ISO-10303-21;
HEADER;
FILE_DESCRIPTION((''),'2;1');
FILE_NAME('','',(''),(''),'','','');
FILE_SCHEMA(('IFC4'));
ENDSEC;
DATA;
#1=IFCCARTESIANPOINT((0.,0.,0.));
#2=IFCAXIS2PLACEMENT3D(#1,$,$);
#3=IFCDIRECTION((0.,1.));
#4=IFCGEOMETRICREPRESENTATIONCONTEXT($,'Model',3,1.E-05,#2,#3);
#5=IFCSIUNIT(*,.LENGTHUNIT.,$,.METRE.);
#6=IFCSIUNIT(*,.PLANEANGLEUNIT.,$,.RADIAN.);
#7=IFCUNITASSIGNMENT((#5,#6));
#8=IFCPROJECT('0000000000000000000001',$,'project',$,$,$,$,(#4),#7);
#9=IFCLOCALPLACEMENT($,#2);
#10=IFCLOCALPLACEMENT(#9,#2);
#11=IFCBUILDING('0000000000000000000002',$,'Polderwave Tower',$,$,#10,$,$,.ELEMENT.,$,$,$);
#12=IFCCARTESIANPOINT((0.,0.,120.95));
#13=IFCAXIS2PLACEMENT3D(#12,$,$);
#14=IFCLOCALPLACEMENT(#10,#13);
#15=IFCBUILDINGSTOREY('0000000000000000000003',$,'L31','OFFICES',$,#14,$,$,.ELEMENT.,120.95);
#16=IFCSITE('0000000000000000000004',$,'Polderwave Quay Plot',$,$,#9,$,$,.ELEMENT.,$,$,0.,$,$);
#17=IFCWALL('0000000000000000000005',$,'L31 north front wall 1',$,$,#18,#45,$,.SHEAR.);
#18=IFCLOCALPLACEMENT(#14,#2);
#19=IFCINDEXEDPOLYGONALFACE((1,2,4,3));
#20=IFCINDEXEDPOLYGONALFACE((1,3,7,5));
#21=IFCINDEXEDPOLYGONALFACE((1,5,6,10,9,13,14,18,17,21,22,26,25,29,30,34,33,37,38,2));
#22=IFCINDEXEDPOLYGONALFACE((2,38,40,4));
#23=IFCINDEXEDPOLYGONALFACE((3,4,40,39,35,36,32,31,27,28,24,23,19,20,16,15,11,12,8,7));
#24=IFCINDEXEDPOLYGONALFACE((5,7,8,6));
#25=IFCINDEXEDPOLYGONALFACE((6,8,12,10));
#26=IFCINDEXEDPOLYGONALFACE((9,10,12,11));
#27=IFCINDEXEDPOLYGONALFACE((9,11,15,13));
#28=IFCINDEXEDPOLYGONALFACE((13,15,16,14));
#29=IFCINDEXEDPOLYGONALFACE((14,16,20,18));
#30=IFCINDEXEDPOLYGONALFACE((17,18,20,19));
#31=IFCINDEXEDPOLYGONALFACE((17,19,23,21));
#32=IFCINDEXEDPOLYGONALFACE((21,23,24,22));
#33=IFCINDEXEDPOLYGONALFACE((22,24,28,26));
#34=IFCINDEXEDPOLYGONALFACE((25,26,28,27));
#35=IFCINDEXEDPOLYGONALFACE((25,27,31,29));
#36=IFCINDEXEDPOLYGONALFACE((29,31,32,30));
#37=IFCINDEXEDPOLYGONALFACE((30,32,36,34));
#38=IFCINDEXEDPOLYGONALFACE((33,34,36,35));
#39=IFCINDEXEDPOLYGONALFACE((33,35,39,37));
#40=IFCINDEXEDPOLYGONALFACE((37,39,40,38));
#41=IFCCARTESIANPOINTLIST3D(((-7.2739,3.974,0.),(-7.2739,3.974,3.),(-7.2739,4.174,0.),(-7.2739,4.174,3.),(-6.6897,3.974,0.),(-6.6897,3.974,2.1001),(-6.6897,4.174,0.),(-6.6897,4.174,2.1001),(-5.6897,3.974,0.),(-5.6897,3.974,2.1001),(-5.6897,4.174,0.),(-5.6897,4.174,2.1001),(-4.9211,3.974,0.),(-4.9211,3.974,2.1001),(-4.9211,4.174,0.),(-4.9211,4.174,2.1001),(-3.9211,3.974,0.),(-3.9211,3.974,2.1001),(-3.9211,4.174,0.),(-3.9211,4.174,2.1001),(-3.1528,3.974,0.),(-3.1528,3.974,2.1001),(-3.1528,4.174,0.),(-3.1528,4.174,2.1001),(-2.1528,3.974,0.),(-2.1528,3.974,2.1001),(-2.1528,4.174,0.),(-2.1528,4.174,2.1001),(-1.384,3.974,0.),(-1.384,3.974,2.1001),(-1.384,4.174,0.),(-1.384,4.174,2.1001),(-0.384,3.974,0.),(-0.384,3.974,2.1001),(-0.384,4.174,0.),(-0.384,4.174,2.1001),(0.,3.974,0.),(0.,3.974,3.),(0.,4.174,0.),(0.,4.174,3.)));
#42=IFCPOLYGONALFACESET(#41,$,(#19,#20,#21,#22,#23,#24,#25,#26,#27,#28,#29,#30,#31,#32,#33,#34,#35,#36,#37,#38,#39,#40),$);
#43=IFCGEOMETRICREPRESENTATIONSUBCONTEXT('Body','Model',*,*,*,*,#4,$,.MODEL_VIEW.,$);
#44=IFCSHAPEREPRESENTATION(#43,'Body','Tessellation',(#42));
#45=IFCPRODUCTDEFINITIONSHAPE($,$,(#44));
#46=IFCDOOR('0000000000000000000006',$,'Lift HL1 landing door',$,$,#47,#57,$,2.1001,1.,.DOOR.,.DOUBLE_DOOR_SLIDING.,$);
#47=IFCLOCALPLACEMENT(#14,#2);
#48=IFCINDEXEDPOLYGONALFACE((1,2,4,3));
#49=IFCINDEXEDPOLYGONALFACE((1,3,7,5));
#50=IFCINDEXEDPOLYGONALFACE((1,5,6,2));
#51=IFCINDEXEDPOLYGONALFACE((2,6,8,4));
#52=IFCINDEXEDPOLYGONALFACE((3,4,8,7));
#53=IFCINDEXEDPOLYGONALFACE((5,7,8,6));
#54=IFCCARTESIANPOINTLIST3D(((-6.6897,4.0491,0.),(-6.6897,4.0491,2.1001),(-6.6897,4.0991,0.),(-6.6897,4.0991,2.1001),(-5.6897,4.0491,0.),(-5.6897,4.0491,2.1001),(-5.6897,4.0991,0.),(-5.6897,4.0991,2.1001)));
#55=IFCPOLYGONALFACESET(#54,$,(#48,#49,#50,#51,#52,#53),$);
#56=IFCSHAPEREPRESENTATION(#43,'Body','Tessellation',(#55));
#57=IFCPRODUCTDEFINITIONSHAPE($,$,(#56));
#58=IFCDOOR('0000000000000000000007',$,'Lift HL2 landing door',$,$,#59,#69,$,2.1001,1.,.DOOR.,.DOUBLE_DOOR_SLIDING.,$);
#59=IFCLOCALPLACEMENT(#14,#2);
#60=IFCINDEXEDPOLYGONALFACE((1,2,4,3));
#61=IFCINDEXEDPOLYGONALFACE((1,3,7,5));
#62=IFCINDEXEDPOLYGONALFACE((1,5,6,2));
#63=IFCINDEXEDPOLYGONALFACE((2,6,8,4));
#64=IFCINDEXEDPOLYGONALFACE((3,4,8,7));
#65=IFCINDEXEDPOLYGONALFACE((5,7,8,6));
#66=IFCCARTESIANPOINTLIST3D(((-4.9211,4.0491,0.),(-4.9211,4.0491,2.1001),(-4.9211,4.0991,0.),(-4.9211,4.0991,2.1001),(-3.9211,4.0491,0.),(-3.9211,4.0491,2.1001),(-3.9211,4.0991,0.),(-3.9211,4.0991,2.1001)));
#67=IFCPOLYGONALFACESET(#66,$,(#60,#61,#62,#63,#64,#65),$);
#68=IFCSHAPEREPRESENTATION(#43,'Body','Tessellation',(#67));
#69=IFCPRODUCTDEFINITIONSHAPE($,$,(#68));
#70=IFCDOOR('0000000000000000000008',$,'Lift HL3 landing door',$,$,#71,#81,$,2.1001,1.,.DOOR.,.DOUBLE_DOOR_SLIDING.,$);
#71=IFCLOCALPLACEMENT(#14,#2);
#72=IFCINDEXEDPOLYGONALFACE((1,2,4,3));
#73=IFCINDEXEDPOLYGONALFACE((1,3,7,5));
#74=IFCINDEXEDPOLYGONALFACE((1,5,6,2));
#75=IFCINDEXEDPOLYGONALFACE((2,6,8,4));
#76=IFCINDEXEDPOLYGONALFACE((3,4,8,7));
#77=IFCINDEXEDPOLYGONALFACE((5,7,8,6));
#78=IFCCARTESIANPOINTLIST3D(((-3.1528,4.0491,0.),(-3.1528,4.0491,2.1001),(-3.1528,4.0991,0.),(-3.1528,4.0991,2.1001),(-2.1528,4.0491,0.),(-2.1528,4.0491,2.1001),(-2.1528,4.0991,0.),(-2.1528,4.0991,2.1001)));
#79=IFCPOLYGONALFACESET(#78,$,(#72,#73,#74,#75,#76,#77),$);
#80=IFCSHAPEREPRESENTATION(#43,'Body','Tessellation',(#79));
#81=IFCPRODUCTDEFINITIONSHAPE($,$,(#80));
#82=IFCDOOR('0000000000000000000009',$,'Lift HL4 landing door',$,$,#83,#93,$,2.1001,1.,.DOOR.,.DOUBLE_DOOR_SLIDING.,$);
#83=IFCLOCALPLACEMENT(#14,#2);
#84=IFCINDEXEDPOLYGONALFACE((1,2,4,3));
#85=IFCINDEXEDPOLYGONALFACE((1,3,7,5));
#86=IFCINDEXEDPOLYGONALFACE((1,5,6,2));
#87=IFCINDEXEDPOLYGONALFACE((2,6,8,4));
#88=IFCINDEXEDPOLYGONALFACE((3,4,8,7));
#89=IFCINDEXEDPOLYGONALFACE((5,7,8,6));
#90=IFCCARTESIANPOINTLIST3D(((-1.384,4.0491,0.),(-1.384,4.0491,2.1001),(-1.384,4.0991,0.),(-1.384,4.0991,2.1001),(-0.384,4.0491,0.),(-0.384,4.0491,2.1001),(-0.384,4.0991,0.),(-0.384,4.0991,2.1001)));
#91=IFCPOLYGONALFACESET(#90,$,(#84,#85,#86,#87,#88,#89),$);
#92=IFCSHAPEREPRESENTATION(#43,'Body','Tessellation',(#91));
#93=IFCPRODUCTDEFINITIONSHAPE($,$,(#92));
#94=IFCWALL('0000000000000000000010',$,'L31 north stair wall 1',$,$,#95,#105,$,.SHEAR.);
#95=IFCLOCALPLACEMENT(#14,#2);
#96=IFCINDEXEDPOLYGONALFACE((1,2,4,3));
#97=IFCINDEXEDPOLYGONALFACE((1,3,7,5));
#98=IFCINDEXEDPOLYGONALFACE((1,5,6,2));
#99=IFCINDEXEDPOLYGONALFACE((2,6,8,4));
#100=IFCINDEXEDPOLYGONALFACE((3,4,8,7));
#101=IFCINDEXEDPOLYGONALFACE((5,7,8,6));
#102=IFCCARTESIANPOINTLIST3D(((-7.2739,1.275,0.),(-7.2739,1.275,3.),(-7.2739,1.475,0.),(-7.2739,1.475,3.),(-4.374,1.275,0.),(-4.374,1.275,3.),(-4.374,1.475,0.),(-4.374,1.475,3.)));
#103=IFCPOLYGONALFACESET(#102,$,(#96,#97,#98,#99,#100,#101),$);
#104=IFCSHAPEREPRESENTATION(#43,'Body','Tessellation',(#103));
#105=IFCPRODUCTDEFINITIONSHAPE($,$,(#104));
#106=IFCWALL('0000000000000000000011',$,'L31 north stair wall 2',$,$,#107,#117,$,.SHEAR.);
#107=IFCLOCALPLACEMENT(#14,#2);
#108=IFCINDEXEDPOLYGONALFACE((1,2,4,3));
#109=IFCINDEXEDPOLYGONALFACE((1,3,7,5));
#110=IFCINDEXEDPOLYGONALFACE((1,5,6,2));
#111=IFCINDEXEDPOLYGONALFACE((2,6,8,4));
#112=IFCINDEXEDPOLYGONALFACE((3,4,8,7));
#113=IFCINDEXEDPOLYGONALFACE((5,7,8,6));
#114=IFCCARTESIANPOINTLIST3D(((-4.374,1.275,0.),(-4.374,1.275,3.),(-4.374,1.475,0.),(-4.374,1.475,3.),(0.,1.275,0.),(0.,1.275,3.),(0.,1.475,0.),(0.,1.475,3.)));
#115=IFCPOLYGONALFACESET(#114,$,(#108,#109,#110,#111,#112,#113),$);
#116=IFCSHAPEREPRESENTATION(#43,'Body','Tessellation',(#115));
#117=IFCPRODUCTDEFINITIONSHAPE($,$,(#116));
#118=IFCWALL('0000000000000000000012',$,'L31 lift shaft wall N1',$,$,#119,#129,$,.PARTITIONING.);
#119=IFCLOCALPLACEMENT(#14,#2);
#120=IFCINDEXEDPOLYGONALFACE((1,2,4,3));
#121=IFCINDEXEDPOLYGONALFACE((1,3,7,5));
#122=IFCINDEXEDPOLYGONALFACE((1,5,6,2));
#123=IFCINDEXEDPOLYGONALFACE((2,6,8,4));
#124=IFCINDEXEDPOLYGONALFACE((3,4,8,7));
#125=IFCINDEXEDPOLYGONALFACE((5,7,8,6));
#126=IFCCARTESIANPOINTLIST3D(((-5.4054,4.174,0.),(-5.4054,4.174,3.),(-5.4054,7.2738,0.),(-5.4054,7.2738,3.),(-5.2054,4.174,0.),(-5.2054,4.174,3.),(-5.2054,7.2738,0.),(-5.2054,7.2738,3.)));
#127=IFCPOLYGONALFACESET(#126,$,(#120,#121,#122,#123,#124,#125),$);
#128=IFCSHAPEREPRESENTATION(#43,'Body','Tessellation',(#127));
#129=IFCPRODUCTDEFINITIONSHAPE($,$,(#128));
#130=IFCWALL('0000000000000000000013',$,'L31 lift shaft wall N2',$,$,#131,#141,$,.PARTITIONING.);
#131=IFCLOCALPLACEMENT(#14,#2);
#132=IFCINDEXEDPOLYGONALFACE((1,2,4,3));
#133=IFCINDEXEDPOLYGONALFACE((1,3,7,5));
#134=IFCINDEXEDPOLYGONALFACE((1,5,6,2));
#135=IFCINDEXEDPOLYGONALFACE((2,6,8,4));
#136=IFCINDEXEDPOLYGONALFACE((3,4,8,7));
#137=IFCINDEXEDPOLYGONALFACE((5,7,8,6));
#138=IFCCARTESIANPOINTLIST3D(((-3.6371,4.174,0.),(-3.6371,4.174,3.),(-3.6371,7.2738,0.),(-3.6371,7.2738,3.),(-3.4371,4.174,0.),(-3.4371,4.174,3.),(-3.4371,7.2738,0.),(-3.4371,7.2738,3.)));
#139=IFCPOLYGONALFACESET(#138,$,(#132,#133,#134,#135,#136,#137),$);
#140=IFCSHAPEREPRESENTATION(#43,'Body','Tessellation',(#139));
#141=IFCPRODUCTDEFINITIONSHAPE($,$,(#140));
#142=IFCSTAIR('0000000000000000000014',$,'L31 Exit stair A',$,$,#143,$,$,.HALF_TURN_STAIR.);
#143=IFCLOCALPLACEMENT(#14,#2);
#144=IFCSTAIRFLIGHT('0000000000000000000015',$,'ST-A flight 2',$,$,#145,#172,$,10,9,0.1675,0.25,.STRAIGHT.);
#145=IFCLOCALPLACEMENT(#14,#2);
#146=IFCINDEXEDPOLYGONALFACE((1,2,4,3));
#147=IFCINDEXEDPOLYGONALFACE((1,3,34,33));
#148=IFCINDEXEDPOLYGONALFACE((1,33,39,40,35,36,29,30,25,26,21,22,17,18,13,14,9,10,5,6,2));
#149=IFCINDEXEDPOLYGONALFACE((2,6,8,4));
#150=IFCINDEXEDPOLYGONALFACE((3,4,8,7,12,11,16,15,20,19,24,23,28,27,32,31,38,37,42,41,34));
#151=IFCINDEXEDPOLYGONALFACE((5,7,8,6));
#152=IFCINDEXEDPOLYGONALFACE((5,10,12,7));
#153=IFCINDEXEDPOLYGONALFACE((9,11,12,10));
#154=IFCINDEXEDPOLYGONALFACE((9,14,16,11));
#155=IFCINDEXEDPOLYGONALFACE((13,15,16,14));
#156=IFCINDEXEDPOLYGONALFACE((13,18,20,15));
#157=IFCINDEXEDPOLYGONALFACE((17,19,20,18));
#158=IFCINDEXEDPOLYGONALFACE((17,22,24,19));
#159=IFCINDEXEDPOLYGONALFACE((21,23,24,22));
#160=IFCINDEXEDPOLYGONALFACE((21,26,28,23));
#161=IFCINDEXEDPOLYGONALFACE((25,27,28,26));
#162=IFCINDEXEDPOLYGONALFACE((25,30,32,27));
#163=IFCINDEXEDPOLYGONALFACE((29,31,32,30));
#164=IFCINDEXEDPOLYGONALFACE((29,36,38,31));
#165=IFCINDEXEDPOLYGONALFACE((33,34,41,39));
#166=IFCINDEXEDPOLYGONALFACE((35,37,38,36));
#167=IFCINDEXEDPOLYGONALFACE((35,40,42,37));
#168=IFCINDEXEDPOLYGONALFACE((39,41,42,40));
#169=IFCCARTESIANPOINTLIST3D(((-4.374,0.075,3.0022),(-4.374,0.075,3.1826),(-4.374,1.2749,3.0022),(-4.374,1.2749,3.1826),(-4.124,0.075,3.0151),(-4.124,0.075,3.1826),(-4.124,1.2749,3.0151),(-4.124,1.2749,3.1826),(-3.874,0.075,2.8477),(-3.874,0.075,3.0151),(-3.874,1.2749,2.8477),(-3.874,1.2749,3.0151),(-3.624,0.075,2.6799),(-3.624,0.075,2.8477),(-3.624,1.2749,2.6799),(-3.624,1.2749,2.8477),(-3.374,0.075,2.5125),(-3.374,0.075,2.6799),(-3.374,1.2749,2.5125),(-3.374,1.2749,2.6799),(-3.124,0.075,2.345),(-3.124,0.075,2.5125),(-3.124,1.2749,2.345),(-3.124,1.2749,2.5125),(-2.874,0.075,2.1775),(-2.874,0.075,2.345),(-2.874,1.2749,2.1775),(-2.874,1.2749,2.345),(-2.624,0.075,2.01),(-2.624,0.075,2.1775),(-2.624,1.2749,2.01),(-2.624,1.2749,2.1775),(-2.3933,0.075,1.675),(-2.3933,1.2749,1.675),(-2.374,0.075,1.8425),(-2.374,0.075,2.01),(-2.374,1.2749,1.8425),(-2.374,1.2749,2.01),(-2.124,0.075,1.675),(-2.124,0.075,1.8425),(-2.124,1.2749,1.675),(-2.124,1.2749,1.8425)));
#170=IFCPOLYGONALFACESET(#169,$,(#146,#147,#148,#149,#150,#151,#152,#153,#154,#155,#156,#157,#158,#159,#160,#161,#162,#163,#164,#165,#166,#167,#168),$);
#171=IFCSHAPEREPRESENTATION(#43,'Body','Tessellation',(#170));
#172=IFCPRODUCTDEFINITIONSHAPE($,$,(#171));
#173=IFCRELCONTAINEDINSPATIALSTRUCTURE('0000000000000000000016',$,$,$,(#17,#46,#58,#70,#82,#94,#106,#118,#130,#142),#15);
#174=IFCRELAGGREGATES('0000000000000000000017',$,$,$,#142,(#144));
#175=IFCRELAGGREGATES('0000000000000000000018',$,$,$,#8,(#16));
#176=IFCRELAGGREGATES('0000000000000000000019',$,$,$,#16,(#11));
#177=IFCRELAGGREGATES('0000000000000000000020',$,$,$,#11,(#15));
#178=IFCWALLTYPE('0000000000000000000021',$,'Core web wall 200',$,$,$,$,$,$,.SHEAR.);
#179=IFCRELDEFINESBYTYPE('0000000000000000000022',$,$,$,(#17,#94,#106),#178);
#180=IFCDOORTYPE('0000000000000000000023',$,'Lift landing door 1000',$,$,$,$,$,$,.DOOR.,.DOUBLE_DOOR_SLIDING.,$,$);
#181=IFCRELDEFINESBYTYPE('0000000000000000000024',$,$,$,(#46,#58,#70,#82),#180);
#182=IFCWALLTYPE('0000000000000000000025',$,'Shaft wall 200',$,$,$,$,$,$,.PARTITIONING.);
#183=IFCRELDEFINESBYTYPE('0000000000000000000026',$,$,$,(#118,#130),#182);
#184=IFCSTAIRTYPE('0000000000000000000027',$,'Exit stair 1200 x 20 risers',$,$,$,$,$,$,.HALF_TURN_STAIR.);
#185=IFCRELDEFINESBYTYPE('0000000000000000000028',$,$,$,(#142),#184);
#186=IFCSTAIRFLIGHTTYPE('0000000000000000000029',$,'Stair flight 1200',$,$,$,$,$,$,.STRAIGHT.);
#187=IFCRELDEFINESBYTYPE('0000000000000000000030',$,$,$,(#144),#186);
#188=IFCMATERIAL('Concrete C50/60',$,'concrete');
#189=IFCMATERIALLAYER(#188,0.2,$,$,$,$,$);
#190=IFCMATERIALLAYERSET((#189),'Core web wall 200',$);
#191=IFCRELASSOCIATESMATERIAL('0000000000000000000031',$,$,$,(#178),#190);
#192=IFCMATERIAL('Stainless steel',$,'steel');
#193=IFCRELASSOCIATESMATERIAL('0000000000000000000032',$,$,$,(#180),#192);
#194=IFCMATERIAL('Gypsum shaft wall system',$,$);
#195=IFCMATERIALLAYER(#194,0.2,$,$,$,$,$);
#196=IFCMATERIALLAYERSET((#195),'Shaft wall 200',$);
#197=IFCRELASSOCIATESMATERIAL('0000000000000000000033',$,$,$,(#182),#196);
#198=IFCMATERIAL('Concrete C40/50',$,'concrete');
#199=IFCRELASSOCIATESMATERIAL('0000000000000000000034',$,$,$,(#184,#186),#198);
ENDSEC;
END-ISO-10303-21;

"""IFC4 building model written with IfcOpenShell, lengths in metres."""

from ifc_helpers import new_model, si_unit, direction, frame, frame_2d, origin, place, context, subcontext, project, spatial, polyline, rectangle, outline, extrude, material, layer, layer_set, type_object, element, fill, aggregate, save


model = new_model("IFC4")

# Units and contexts
model_context = context("Model", 3, precision=1e-05, world=origin(), true_north=direction((0.0, 1.0)))
body_context = subcontext(model_context, "Body", "Model", "MODEL_VIEW")
ifc_project = project(units=[si_unit("LENGTHUNIT", "METRE"), si_unit("PLANEANGLEUNIT", "RADIAN")], contexts=[model_context])

# Site, building, storey
site_placement = place(None, origin())
site = spatial("IfcSite", under=ifc_project, at=site_placement, Name="Polderwave Quay Plot", CompositionType="ELEMENT", RefElevation=0.0)
building_placement = place(site_placement, origin())
building = spatial("IfcBuilding", under=site, at=building_placement, Name="Polderwave Tower", CompositionType="ELEMENT")
storey_placement = place(building_placement, frame((0.0, 0.0, 120.95)))
storey = spatial("IfcBuildingStorey", under=building, at=storey_placement, Name="L31", Description="OFFICES", CompositionType="ELEMENT", Elevation=120.95)

# Wall, openings, doors
ifc_material_1 = material(Name="Concrete C50/60", Category="concrete")
ifc_layer_1 = layer(ifc_material_1, 0.2)
ifc_layer_set_1 = layer_set([ifc_layer_1], Name="Core web wall 200")
wall_type_1 = type_object("IfcWallType", Name="Core web wall 200", PredefinedType="SHEAR", material=ifc_layer_set_1)
wall_1_placement = place(storey_placement, frame((-7.2739, 4.074, 0.0), z_axis=(0.0, 0.0, 1.0), x_axis=(1.0, 0.0, 0.0)))
wall_1 = element("IfcWall", 1, at=wall_1_placement, inside=storey, type_object=wall_type_1, Name="L31 north front wall 1", PredefinedType="SHEAR", context=body_context, shape_type="SweptSolid", body=[
    extrude(rectangle(XDim=7.2739, YDim=0.2, at=frame_2d((3.637, 0.0))), origin(), (0.0, 0.0, 1.0), 3.0),
])
opening_1_placement = place(wall_1_placement, frame((0.5842, 0.0, 0.0)))
opening_1 = element("IfcOpeningElement", 2, at=opening_1_placement, cuts=wall_1, PredefinedType="OPENING", context=body_context, shape_type="SweptSolid", body=[
    extrude(rectangle(XDim=1.0, YDim=2.1001, at=frame_2d((0.5, 1.05))), frame((0.0, 0.1099, 0.0), z_axis=(0.0, -1.0, 0.0), x_axis=(1.0, 0.0, 0.0)), (0.0, 0.0, 1.0), 0.22),
])
opening_2_placement = place(wall_1_placement, frame((2.3528, 0.0, 0.0)))
opening_2 = element("IfcOpeningElement", 3, at=opening_2_placement, cuts=wall_1, PredefinedType="OPENING", context=body_context, shape_type="SweptSolid", body=[
    extrude(rectangle(XDim=1.0, YDim=2.1001, at=frame_2d((0.5, 1.05))), frame((0.0, 0.1099, 0.0), z_axis=(0.0, -1.0, 0.0), x_axis=(1.0, 0.0, 0.0)), (0.0, 0.0, 1.0), 0.22),
])
opening_3_placement = place(wall_1_placement, frame((4.1211, 0.0, 0.0)))
opening_3 = element("IfcOpeningElement", 4, at=opening_3_placement, cuts=wall_1, PredefinedType="OPENING", context=body_context, shape_type="SweptSolid", body=[
    extrude(rectangle(XDim=1.0, YDim=2.1001, at=frame_2d((0.5, 1.05))), frame((0.0, 0.1099, 0.0), z_axis=(0.0, -1.0, 0.0), x_axis=(1.0, 0.0, 0.0)), (0.0, 0.0, 1.0), 0.22),
])
opening_4_placement = place(wall_1_placement, frame((5.8899, 0.0, 0.0)))
opening_4 = element("IfcOpeningElement", 5, at=opening_4_placement, cuts=wall_1, PredefinedType="OPENING", context=body_context, shape_type="SweptSolid", body=[
    extrude(rectangle(XDim=1.0, YDim=2.1001, at=frame_2d((0.5, 1.05))), frame((0.0, 0.1099, 0.0), z_axis=(0.0, -1.0, 0.0), x_axis=(1.0, 0.0, 0.0)), (0.0, 0.0, 1.0), 0.22),
])
ifc_material_2 = material(Name="Stainless steel", Category="steel")
door_type = type_object("IfcDoorType", Name="Lift landing door 1000", OperationType="DOUBLE_DOOR_SLIDING", PredefinedType="DOOR", material=ifc_material_2)
door_1_placement = place(opening_1_placement, frame((1.0, 0.0, 0.0), z_axis=(0.0, 0.0, 1.0), x_axis=(-1.0, 0.0, 0.0)))
door_1 = element("IfcDoor", 6, at=door_1_placement, inside=storey, type_object=door_type, Name="Lift HL1 landing door", OperationType="DOUBLE_DOOR_SLIDING", OverallHeight=2.1001, OverallWidth=1.0, PredefinedType="DOOR", context=body_context, shape_type="SweptSolid", body=[
    extrude(rectangle(XDim=1.0, YDim=2.1001, at=frame_2d((0.5, 1.05))), frame((0.0, 0.0249, 0.0), z_axis=(0.0, -1.0, 0.0), x_axis=(1.0, 0.0, 0.0)), (0.0, 0.0, 1.0), 0.05),
])
fill(opening_1, door_1)
door_2_placement = place(opening_2_placement, frame((1.0, 0.0, 0.0), z_axis=(0.0, 0.0, 1.0), x_axis=(-1.0, 0.0, 0.0)))
door_2 = element("IfcDoor", 7, at=door_2_placement, inside=storey, type_object=door_type, Name="Lift HL2 landing door", OperationType="DOUBLE_DOOR_SLIDING", OverallHeight=2.1001, OverallWidth=1.0, PredefinedType="DOOR", context=body_context, shape_type="SweptSolid", body=[
    extrude(rectangle(XDim=1.0, YDim=2.1001, at=frame_2d((0.5, 1.05))), frame((0.0, 0.0249, 0.0), z_axis=(0.0, -1.0, 0.0), x_axis=(1.0, 0.0, 0.0)), (0.0, 0.0, 1.0), 0.05),
])
fill(opening_2, door_2)
door_3_placement = place(opening_3_placement, frame((1.0, 0.0, 0.0), z_axis=(0.0, 0.0, 1.0), x_axis=(-1.0, 0.0, 0.0)))
door_3 = element("IfcDoor", 8, at=door_3_placement, inside=storey, type_object=door_type, Name="Lift HL3 landing door", OperationType="DOUBLE_DOOR_SLIDING", OverallHeight=2.1001, OverallWidth=1.0, PredefinedType="DOOR", context=body_context, shape_type="SweptSolid", body=[
    extrude(rectangle(XDim=1.0, YDim=2.1001, at=frame_2d((0.5, 1.05))), frame((0.0, 0.0249, 0.0), z_axis=(0.0, -1.0, 0.0), x_axis=(1.0, 0.0, 0.0)), (0.0, 0.0, 1.0), 0.05),
])
fill(opening_3, door_3)
door_4_placement = place(opening_4_placement, frame((1.0, 0.0, 0.0), z_axis=(0.0, 0.0, 1.0), x_axis=(-1.0, 0.0, 0.0)))
door_4 = element("IfcDoor", 9, at=door_4_placement, inside=storey, type_object=door_type, Name="Lift HL4 landing door", OperationType="DOUBLE_DOOR_SLIDING", OverallHeight=2.1001, OverallWidth=1.0, PredefinedType="DOOR", context=body_context, shape_type="SweptSolid", body=[
    extrude(rectangle(XDim=1.0, YDim=2.1001, at=frame_2d((0.5, 1.05))), frame((0.0, 0.0249, 0.0), z_axis=(0.0, -1.0, 0.0), x_axis=(1.0, 0.0, 0.0)), (0.0, 0.0, 1.0), 0.05),
])
fill(opening_4, door_4)

# Walls
wall_2_placement = place(storey_placement, frame((-7.2739, 1.375, 0.0), z_axis=(0.0, 0.0, 1.0), x_axis=(1.0, 0.0, 0.0)))
element("IfcWall", 10, at=wall_2_placement, inside=storey, type_object=wall_type_1, Name="L31 north stair wall 1", PredefinedType="SHEAR", context=body_context, shape_type="SweptSolid", body=[
    extrude(rectangle(XDim=2.8999, YDim=0.2, at=frame_2d((1.45, 0.0))), origin(), (0.0, 0.0, 1.0), 3.0),
])
wall_3_placement = place(storey_placement, frame((-4.374, 1.375, 0.0), z_axis=(0.0, 0.0, 1.0), x_axis=(1.0, 0.0, 0.0)))
element("IfcWall", 11, at=wall_3_placement, inside=storey, type_object=wall_type_1, Name="L31 north stair wall 2", PredefinedType="SHEAR", context=body_context, shape_type="SweptSolid", body=[
    extrude(rectangle(XDim=4.374, YDim=0.2, at=frame_2d((2.187, 0.0))), origin(), (0.0, 0.0, 1.0), 3.0),
])
ifc_material_3 = material(Name="Gypsum shaft wall system")
ifc_layer_2 = layer(ifc_material_3, 0.2)
ifc_layer_set_2 = layer_set([ifc_layer_2], Name="Shaft wall 200")
wall_type_2 = type_object("IfcWallType", Name="Shaft wall 200", PredefinedType="PARTITIONING", material=ifc_layer_set_2)
for number, where, z_axis, x_axis, name in (
    (12, (-5.3054, 4.1741, 0.0), (0.0, 0.0, 1.0), (0.0, 1.0, 0.0), "L31 lift shaft wall N1"),
    (13, (-3.5371, 4.1741, 0.0), (0.0, 0.0, 1.0), (0.0, 1.0, 0.0), "L31 lift shaft wall N2"),
):
    element("IfcWall", number, at=place(storey_placement, frame(where, z_axis=z_axis, x_axis=x_axis)), inside=storey, type_object=wall_type_2, Name=name, PredefinedType="PARTITIONING", context=body_context, shape_type="SweptSolid", body=[
        extrude(rectangle(XDim=3.0999, YDim=0.2, at=frame_2d((1.5498, 0.0))), origin(), (0.0, 0.0, 1.0), 3.0),
    ])

# Stair, stair flight
ifc_material_4 = material(Name="Concrete C40/50", Category="concrete")
stair_type = type_object("IfcStairType", Name="Exit stair 1200 x 20 risers", PredefinedType="HALF_TURN_STAIR", material=ifc_material_4)
stair_placement = place(storey_placement, origin())
stair = element("IfcStair", 14, at=stair_placement, inside=storey, type_object=stair_type, Name="L31 Exit stair A", PredefinedType="HALF_TURN_STAIR")
stair_flight_type = type_object("IfcStairFlightType", Name="Stair flight 1200", PredefinedType="STRAIGHT", material=ifc_material_4)
stair_flight_placement = place(storey_placement, frame((-2.124, 0.675, 1.675), z_axis=(0.0, 0.0, 1.0), x_axis=(-1.0, 0.0, 0.0)))
stair_flight = element("IfcStairFlight", 15, at=stair_flight_placement, type_object=stair_flight_type, Name="ST-A flight 2", NumberOfRisers=10, NumberOfTreads=9, PredefinedType="STRAIGHT", RiserHeight=0.1675, TreadLength=0.25, context=body_context, shape_type="SweptSolid", body=[
    extrude(outline(polyline([(0.0, 0.0), (0.0, 0.1675), (0.25, 0.1675), (0.25, 0.335), (0.5, 0.335), (0.5, 0.5024), (0.75, 0.5024), (0.75, 0.6699), (1.0, 0.6699), (1.0, 0.8374), (1.25, 0.8374), (1.25, 1.0049), (1.5, 1.0049), (1.5, 1.1726), (1.75, 1.1726), (1.75, 1.3401), (2.0, 1.3401), (2.0, 1.5076), (2.25, 1.5076), (2.25, 1.675), (2.25, 1.3271), (0.2693, 0.0), (0.0, 0.0)])), frame((0.0, 0.6001, 0.0), z_axis=(0.0, -1.0, 0.0), x_axis=(1.0, 0.0, 0.0)), (0.0, 0.0, 1.0), 1.2),
])
aggregate(stair, [stair_flight])

save(model, "model.ifc")
